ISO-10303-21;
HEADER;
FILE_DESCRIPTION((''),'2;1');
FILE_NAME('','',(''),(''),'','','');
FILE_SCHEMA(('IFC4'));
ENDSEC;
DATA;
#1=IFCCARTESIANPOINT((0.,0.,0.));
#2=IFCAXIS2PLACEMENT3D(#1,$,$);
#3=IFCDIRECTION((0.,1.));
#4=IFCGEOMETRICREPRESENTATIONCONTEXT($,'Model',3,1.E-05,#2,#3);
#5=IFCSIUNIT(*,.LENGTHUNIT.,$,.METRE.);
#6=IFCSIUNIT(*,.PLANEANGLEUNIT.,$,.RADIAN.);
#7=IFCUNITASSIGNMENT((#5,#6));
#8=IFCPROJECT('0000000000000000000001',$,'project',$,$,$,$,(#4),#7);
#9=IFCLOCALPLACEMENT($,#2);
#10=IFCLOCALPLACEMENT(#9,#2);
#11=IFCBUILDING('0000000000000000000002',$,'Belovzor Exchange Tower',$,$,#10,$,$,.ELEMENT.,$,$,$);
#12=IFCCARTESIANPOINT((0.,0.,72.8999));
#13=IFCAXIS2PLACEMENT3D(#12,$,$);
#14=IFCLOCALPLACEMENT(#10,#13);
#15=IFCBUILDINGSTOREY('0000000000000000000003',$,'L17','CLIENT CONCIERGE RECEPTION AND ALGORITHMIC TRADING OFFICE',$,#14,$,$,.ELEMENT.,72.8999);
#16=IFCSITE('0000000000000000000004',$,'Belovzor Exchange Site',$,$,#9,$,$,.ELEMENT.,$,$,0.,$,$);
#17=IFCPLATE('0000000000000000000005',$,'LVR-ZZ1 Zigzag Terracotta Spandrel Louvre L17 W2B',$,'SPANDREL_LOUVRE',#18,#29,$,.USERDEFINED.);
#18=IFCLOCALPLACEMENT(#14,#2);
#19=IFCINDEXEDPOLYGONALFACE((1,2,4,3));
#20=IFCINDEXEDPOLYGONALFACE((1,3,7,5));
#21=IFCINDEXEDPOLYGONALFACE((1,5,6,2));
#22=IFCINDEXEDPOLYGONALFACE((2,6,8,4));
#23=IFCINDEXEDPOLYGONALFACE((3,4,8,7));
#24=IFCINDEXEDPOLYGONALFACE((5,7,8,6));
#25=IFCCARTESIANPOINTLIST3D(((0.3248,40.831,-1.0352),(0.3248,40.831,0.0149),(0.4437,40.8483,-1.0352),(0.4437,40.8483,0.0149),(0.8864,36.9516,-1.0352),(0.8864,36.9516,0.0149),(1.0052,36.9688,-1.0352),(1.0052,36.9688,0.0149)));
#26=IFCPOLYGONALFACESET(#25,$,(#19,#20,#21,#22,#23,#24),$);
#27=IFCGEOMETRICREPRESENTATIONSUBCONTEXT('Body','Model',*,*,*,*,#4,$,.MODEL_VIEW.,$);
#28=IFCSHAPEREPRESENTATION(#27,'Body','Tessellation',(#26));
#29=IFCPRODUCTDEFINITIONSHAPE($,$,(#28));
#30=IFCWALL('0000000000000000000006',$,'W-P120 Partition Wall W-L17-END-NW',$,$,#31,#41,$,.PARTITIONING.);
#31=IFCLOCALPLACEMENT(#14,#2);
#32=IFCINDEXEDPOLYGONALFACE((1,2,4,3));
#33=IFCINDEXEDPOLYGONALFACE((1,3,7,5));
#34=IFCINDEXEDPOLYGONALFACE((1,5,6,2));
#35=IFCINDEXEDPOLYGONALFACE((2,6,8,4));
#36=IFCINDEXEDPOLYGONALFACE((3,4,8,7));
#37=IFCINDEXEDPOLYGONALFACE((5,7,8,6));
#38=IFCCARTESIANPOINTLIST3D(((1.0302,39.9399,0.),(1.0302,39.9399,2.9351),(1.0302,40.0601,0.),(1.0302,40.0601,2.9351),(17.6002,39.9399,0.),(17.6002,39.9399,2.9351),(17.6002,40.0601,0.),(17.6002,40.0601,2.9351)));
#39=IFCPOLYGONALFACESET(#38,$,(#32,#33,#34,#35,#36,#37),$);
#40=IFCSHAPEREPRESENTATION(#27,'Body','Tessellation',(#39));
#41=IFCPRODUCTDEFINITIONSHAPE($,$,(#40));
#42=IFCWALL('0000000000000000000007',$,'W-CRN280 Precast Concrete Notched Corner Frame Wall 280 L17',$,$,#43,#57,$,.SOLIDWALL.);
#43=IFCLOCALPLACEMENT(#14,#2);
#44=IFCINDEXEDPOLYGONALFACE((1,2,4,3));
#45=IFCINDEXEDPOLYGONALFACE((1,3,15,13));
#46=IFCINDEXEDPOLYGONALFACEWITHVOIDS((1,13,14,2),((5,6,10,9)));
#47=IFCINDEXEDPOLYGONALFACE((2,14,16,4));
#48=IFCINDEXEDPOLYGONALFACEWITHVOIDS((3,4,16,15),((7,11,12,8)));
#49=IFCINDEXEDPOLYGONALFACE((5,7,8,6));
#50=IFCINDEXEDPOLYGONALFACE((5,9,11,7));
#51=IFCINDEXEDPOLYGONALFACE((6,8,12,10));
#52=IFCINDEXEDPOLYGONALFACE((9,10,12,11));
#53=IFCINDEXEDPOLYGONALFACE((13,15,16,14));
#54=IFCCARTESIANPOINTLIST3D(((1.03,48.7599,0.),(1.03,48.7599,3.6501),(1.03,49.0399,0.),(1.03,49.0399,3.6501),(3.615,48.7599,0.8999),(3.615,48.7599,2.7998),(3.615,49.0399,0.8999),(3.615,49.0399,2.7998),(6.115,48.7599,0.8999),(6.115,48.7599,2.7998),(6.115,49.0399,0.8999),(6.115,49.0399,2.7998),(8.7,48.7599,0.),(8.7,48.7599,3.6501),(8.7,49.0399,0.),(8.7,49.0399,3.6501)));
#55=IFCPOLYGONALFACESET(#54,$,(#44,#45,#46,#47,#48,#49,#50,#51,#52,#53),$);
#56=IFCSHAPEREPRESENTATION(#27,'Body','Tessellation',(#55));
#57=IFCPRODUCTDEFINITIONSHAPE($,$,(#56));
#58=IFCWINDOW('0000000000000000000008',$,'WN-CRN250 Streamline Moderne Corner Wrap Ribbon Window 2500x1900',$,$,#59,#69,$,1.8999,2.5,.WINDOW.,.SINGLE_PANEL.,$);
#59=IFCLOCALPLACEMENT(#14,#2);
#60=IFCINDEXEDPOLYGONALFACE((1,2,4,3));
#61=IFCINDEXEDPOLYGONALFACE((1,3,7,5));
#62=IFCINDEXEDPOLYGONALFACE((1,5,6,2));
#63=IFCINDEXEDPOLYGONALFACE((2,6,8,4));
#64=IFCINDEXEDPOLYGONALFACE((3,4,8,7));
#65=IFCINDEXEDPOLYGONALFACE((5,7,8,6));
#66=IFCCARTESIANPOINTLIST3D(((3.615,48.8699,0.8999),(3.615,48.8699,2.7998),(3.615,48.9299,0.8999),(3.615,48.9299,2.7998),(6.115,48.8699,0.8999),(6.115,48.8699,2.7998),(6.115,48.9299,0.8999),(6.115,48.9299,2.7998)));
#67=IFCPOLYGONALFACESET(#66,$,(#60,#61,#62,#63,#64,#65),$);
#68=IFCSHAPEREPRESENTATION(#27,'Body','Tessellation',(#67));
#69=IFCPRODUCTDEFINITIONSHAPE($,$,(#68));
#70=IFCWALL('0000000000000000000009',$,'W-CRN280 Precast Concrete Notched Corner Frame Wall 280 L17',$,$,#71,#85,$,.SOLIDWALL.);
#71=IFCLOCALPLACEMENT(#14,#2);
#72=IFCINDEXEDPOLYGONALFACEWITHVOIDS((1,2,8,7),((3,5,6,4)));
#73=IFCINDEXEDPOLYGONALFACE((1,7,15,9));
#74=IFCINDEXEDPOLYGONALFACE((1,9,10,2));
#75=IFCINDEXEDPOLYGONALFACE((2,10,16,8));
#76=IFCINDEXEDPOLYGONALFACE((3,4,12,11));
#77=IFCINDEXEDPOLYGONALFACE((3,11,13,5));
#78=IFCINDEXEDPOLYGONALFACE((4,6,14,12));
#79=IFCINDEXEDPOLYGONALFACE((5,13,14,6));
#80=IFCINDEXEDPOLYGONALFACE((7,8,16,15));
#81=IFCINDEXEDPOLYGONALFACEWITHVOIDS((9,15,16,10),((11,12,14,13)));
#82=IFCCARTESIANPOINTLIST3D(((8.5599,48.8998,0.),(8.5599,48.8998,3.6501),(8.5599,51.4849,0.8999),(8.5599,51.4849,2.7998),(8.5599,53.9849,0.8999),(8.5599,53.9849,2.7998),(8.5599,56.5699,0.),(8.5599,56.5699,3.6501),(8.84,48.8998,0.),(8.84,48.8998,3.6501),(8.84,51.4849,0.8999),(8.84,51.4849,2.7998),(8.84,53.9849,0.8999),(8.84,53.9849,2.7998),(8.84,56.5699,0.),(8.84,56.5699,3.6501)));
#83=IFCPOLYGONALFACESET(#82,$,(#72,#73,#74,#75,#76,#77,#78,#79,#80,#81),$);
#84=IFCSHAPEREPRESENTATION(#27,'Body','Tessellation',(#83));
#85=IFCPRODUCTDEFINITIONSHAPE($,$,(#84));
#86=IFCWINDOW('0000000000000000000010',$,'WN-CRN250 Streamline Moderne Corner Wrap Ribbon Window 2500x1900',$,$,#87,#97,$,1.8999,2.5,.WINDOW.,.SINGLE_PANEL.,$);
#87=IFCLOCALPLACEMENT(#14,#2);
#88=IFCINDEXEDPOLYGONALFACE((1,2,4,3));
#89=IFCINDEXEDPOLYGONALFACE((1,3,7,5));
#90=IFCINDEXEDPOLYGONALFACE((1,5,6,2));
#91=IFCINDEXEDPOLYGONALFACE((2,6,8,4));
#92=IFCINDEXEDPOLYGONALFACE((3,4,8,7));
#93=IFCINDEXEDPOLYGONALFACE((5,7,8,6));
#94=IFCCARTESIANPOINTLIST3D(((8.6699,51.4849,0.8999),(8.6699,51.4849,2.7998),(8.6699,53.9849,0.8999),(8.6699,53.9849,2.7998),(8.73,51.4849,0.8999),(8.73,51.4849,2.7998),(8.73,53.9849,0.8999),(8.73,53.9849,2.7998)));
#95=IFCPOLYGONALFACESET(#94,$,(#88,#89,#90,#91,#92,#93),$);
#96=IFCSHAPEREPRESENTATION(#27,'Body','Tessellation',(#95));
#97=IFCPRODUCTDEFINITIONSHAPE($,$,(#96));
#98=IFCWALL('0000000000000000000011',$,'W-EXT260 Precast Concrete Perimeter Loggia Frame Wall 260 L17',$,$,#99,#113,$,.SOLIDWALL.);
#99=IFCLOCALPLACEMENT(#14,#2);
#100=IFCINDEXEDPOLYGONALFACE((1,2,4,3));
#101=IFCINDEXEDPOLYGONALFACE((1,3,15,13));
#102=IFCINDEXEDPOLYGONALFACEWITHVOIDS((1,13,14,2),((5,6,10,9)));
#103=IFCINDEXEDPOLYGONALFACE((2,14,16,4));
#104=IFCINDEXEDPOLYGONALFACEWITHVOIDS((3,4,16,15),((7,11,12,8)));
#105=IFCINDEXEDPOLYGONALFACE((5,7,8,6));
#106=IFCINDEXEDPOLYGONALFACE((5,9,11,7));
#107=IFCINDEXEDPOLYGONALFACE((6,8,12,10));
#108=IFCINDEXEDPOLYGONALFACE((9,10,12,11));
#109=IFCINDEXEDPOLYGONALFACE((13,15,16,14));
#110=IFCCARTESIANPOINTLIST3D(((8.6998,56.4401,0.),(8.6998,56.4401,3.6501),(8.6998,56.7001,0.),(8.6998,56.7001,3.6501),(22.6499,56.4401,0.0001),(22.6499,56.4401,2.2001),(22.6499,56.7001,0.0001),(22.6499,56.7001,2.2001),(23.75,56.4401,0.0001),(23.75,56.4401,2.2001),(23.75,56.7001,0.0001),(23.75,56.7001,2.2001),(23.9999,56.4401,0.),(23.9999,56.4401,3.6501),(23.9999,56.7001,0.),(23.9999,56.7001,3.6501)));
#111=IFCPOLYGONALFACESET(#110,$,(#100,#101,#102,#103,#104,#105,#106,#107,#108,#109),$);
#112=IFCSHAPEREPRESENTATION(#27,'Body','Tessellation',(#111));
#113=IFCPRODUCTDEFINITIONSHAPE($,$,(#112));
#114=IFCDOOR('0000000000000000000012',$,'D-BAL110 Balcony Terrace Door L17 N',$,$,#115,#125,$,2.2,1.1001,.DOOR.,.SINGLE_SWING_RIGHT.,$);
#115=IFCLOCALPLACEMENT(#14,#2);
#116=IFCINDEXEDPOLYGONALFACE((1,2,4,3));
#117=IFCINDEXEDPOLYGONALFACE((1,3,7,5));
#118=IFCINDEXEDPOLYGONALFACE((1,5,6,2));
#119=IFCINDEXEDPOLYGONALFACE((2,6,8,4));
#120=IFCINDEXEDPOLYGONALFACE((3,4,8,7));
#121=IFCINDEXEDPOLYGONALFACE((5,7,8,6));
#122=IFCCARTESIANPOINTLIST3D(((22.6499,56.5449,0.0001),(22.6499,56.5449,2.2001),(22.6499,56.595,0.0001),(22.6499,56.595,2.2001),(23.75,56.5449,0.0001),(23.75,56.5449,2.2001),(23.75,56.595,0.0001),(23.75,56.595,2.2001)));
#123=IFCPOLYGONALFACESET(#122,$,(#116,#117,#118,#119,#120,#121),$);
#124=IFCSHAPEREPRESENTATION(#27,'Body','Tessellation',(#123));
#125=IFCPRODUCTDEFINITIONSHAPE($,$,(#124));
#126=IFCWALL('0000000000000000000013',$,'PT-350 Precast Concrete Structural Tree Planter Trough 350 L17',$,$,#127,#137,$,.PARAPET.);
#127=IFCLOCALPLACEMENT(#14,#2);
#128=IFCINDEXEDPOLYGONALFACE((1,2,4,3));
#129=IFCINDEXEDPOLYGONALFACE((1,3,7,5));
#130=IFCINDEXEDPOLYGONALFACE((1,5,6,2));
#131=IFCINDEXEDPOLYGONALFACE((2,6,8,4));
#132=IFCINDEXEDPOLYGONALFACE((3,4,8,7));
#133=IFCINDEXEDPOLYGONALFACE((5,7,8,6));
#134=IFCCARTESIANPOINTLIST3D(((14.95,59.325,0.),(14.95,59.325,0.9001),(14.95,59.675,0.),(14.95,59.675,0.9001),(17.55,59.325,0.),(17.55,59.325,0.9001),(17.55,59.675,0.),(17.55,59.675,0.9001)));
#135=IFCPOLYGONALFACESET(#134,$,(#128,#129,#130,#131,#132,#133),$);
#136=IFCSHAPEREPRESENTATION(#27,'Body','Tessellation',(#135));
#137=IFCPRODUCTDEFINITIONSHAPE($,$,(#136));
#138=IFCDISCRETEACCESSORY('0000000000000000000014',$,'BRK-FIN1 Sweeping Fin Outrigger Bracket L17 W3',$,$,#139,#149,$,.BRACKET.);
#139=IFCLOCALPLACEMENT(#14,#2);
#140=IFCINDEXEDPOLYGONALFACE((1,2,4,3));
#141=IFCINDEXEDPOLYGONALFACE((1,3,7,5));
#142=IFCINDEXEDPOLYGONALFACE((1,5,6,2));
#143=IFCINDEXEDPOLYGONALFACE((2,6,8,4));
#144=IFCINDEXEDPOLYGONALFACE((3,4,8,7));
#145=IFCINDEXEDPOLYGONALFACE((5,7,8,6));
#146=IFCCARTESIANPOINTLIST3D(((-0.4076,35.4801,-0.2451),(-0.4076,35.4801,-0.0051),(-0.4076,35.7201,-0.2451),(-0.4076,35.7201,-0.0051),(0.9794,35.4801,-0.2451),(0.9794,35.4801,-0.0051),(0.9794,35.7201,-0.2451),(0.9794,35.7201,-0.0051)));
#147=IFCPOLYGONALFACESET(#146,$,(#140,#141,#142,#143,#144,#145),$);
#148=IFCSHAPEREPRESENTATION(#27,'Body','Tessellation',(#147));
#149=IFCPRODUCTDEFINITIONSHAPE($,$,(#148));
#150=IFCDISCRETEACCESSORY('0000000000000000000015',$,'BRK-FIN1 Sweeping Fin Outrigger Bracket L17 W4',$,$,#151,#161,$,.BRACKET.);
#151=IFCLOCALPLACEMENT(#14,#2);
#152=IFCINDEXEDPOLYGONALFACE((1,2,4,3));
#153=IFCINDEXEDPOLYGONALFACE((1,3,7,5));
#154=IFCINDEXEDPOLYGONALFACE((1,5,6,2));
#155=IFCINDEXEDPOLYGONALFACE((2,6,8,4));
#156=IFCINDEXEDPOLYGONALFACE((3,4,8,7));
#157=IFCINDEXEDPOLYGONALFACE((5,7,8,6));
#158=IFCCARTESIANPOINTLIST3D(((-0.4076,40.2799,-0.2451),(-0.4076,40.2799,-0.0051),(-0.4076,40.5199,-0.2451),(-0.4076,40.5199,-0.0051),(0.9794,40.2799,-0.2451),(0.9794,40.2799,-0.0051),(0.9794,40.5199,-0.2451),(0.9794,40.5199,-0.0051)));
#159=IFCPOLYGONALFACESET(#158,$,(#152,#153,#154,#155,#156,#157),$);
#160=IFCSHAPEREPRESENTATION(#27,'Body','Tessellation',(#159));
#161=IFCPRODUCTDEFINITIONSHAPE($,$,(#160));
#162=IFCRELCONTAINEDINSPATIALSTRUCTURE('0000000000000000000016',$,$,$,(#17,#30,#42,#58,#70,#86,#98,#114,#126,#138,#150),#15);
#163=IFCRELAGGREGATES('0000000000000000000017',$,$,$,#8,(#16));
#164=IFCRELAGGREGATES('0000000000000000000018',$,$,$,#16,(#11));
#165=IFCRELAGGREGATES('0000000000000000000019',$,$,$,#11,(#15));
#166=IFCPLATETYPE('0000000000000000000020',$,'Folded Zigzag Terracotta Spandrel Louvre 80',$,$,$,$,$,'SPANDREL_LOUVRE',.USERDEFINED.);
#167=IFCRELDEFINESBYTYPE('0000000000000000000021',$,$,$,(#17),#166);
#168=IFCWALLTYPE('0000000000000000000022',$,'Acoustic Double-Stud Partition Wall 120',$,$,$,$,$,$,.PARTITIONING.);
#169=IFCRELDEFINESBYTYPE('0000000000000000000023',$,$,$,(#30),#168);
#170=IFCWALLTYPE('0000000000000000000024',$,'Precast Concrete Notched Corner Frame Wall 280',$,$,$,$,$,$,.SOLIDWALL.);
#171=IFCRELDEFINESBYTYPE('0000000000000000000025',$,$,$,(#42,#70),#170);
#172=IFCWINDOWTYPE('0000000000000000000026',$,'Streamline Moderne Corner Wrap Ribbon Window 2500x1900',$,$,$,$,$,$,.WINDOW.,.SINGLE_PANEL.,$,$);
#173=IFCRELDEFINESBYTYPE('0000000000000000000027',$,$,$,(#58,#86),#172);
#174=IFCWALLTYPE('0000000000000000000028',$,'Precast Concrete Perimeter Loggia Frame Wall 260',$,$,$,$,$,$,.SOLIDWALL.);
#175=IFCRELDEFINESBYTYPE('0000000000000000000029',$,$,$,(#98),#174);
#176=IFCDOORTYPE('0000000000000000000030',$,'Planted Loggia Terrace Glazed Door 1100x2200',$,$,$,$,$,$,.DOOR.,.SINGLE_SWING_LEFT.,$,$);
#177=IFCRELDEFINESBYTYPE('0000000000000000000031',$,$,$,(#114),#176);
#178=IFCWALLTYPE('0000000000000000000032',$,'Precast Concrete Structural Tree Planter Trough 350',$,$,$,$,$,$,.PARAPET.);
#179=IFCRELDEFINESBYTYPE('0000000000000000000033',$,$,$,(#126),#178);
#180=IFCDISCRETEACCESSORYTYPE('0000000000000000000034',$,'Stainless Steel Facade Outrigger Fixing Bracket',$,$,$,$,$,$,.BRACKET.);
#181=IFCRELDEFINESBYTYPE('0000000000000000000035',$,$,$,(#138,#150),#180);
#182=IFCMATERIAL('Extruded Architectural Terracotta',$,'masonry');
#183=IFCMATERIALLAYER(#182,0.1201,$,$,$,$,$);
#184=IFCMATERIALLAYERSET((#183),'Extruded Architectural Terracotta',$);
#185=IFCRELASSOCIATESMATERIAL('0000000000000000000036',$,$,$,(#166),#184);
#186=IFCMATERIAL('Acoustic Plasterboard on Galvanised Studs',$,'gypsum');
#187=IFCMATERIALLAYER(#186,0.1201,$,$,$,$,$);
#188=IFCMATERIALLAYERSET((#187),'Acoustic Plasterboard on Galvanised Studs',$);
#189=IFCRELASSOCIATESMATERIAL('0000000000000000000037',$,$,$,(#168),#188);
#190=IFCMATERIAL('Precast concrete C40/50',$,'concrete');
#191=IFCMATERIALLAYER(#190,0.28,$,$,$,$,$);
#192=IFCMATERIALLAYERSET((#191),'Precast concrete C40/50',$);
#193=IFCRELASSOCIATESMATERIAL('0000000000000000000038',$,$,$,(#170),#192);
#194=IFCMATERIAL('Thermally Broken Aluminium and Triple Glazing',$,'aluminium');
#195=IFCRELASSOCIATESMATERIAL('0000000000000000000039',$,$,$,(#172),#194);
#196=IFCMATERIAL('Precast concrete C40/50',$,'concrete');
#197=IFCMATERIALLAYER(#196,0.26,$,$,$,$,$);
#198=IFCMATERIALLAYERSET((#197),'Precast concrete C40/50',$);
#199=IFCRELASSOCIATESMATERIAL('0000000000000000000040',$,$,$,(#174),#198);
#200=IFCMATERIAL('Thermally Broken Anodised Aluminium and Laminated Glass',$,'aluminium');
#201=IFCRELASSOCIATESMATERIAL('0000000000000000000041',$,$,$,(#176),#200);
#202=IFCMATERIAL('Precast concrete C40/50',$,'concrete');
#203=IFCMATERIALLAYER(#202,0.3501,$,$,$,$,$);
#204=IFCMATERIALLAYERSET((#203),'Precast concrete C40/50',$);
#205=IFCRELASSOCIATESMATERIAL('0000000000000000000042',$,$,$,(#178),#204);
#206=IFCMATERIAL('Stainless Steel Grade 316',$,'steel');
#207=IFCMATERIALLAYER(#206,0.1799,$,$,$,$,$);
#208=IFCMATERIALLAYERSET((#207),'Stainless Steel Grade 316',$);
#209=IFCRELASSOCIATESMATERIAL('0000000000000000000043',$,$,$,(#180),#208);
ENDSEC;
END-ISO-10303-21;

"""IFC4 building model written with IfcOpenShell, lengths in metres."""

from ifc_helpers import new_model, si_unit, direction, frame, frame_2d, origin, origin_2d, place, context, subcontext, project, spatial, rectangle, extrude, material, layer, layer_set, type_object, element, fill, save


model = new_model("IFC4")

# Units and contexts
model_context = context("Model", 3, precision=1e-05, world=origin(), true_north=direction((0.0, 1.0)))
body_context = subcontext(model_context, "Body", "Model", "MODEL_VIEW")
ifc_project = project(units=[si_unit("LENGTHUNIT", "METRE"), si_unit("PLANEANGLEUNIT", "RADIAN")], contexts=[model_context])

# Site, building, storey
site_placement = place(None, origin())
site = spatial("IfcSite", under=ifc_project, at=site_placement, Name="Belovzor Exchange Site", CompositionType="ELEMENT", RefElevation=0.0)
building_placement = place(site_placement, origin())
building = spatial("IfcBuilding", under=site, at=building_placement, Name="Belovzor Exchange Tower", CompositionType="ELEMENT")
storey_placement = place(building_placement, frame((0.0, 0.0, 72.8999)))
storey = spatial("IfcBuildingStorey", under=building, at=storey_placement, Name="L17", Description="CLIENT CONCIERGE RECEPTION AND ALGORITHMIC TRADING OFFICE", CompositionType="ELEMENT", Elevation=72.8999)

# Plate
ifc_material_1 = material(Name="Extruded Architectural Terracotta", Category="masonry")
ifc_layer_1 = layer(ifc_material_1, 0.1201)
ifc_layer_set_1 = layer_set([ifc_layer_1], Name="Extruded Architectural Terracotta")
plate_type = type_object("IfcPlateType", Name="Folded Zigzag Terracotta Spandrel Louvre 80", ElementType="SPANDREL_LOUVRE", PredefinedType="USERDEFINED", material=ifc_layer_set_1)
for number, where, z_axis, x_axis, name in (
    (1, (0.665, 38.8999, -1.0352), (0.0, 0.0, 1.0), (-0.143251, 0.989686, 0.0), "LVR-ZZ1 Zigzag Terracotta Spandrel Louvre L17 W2B"),
):
    element("IfcPlate", number, at=place(storey_placement, frame(where, z_axis=z_axis, x_axis=x_axis)), inside=storey, type_object=plate_type, Name=name, ObjectType="SPANDREL_LOUVRE", PredefinedType="USERDEFINED", context=body_context, shape_type="SweptSolid", body=[
        extrude(rectangle(XDim=3.9199, YDim=0.1201, at=origin_2d()), origin(), (0.0, 0.0, 1.0), 1.05),
    ])

# Wall
ifc_material_2 = material(Name="Acoustic Plasterboard on Galvanised Studs", Category="gypsum")
ifc_layer_2 = layer(ifc_material_2, 0.1201)
ifc_layer_set_2 = layer_set([ifc_layer_2], Name="Acoustic Plasterboard on Galvanised Studs")
wall_type_1 = type_object("IfcWallType", Name="Acoustic Double-Stud Partition Wall 120", PredefinedType="PARTITIONING", material=ifc_layer_set_2)
wall_1_placement = place(storey_placement, frame((1.03, 40.0, 0.0), z_axis=(0.0, 0.0, 1.0), x_axis=(1.0, 0.0, 0.0)))
element("IfcWall", 2, at=wall_1_placement, inside=storey, type_object=wall_type_1, Name="W-P120 Partition Wall W-L17-END-NW", PredefinedType="PARTITIONING", context=body_context, shape_type="SweptSolid", body=[
    extrude(rectangle(XDim=16.5701, YDim=0.1201, at=frame_2d((8.2852, 0.0))), origin(), (0.0, 0.0, 1.0), 2.9351),
])

# Walls, openings, windows
ifc_material_3 = material(Name="Precast concrete C40/50", Category="concrete")
ifc_layer_3 = layer(ifc_material_3, 0.28)
ifc_layer_set_3 = layer_set([ifc_layer_3], Name="Precast concrete C40/50")
wall_type_2 = type_object("IfcWallType", Name="Precast Concrete Notched Corner Frame Wall 280", PredefinedType="SOLIDWALL", material=ifc_layer_set_3)
wall_2_placement = place(storey_placement, frame((1.03, 48.8999, 0.0), z_axis=(0.0, 0.0, 1.0), x_axis=(1.0, 0.0, 0.0)))
wall_2 = element("IfcWall", 3, at=wall_2_placement, inside=storey, type_object=wall_type_2, Name="W-CRN280 Precast Concrete Notched Corner Frame Wall 280 L17", PredefinedType="SOLIDWALL", context=body_context, shape_type="SweptSolid", body=[
    extrude(rectangle(XDim=7.6699, YDim=0.28, at=frame_2d((3.835, 0.0))), origin(), (0.0, 0.0, 1.0), 3.6501),
])
opening_1_placement = place(wall_2_placement, frame((2.585, 0.0, 0.8999)))
opening_1 = element("IfcOpeningElement", 4, at=opening_1_placement, cuts=wall_2, PredefinedType="OPENING", context=body_context, shape_type="SweptSolid", body=[
    extrude(rectangle(XDim=2.5, YDim=1.8999, at=frame_2d((1.25, 0.95))), frame((0.0, 0.1499, 0.0), z_axis=(0.0, -1.0, 0.0), x_axis=(1.0, 0.0, 0.0)), (0.0, 0.0, 1.0), 0.3),
])
ifc_material_4 = material(Name="Thermally Broken Aluminium and Triple Glazing", Category="aluminium")
window_type = type_object("IfcWindowType", Name="Streamline Moderne Corner Wrap Ribbon Window 2500x1900", PartitioningType="SINGLE_PANEL", PredefinedType="WINDOW", material=ifc_material_4)
window_1_placement = place(opening_1_placement, origin())
window_1 = element("IfcWindow", 5, at=window_1_placement, inside=storey, type_object=window_type, Name="WN-CRN250 Streamline Moderne Corner Wrap Ribbon Window 2500x1900", OverallHeight=1.8999, OverallWidth=2.5, PartitioningType="SINGLE_PANEL", PredefinedType="WINDOW", context=body_context, shape_type="SweptSolid", body=[
    extrude(rectangle(XDim=2.5, YDim=1.8999, at=frame_2d((1.25, 0.95))), frame((0.0, 0.03, 0.0), z_axis=(0.0, -1.0, 0.0), x_axis=(1.0, 0.0, 0.0)), (0.0, 0.0, 1.0), 0.0601),
])
fill(opening_1, window_1)
wall_3_placement = place(storey_placement, frame((8.7, 48.8999, 0.0), z_axis=(0.0, 0.0, 1.0), x_axis=(0.0, 1.0, 0.0)))
wall_3 = element("IfcWall", 6, at=wall_3_placement, inside=storey, type_object=wall_type_2, Name="W-CRN280 Precast Concrete Notched Corner Frame Wall 280 L17", PredefinedType="SOLIDWALL", context=body_context, shape_type="SweptSolid", body=[
    extrude(rectangle(XDim=7.6702, YDim=0.28, at=frame_2d((3.835, 0.0))), origin(), (0.0, 0.0, 1.0), 3.6501),
])
opening_2_placement = place(wall_3_placement, frame((2.585, 0.0, 0.8999)))
opening_2 = element("IfcOpeningElement", 7, at=opening_2_placement, cuts=wall_3, PredefinedType="OPENING", context=body_context, shape_type="SweptSolid", body=[
    extrude(rectangle(XDim=2.5, YDim=1.8999, at=frame_2d((1.25, 0.95))), frame((0.0, 0.1499, 0.0), z_axis=(0.0, -1.0, 0.0), x_axis=(1.0, 0.0, 0.0)), (0.0, 0.0, 1.0), 0.3),
])
window_2_placement = place(opening_2_placement, origin())
window_2 = element("IfcWindow", 8, at=window_2_placement, inside=storey, type_object=window_type, Name="WN-CRN250 Streamline Moderne Corner Wrap Ribbon Window 2500x1900", OverallHeight=1.8999, OverallWidth=2.5, PartitioningType="SINGLE_PANEL", PredefinedType="WINDOW", context=body_context, shape_type="SweptSolid", body=[
    extrude(rectangle(XDim=2.5, YDim=1.8999, at=frame_2d((1.25, 0.95))), frame((0.0, 0.03, 0.0), z_axis=(0.0, -1.0, 0.0), x_axis=(1.0, 0.0, 0.0)), (0.0, 0.0, 1.0), 0.0601),
])
fill(opening_2, window_2)

# Wall, opening, door
ifc_material_5 = material(Name="Precast concrete C40/50", Category="concrete")
ifc_layer_4 = layer(ifc_material_5, 0.26)
ifc_layer_set_4 = layer_set([ifc_layer_4], Name="Precast concrete C40/50")
wall_type_3 = type_object("IfcWallType", Name="Precast Concrete Perimeter Loggia Frame Wall 260", PredefinedType="SOLIDWALL", material=ifc_layer_set_4)
wall_4_placement = place(storey_placement, frame((8.7, 56.5701, 0.0), z_axis=(0.0, 0.0, 1.0), x_axis=(1.0, 0.0, 0.0)))
wall_4 = element("IfcWall", 9, at=wall_4_placement, inside=storey, type_object=wall_type_3, Name="W-EXT260 Precast Concrete Perimeter Loggia Frame Wall 260 L17", PredefinedType="SOLIDWALL", context=body_context, shape_type="SweptSolid", body=[
    extrude(rectangle(XDim=15.3, YDim=0.26, at=frame_2d((7.6499, 0.0))), origin(), (0.0, 0.0, 1.0), 3.6501),
])
opening_3_placement = place(wall_4_placement, frame((13.95, 0.0, 0.0)))
opening_3 = element("IfcOpeningElement", 10, at=opening_3_placement, cuts=wall_4, PredefinedType="OPENING", context=body_context, shape_type="SweptSolid", body=[
    extrude(rectangle(XDim=1.1001, YDim=2.2, at=frame_2d((0.55, 1.1001))), frame((0.0, 0.1399, 0.0), z_axis=(0.0, -1.0, 0.0), x_axis=(1.0, 0.0, 0.0)), (0.0, 0.0, 1.0), 0.28),
])
ifc_material_6 = material(Name="Thermally Broken Anodised Aluminium and Laminated Glass", Category="aluminium")
door_type = type_object("IfcDoorType", Name="Planted Loggia Terrace Glazed Door 1100x2200", OperationType="SINGLE_SWING_LEFT", PredefinedType="DOOR", material=ifc_material_6)
door_placement = place(opening_3_placement, origin())
door = element("IfcDoor", 11, at=door_placement, inside=storey, type_object=door_type, Name="D-BAL110 Balcony Terrace Door L17 N", OperationType="SINGLE_SWING_RIGHT", OverallHeight=2.2, OverallWidth=1.1001, PredefinedType="DOOR", context=body_context, shape_type="SweptSolid", body=[
    extrude(rectangle(XDim=1.1001, YDim=2.2, at=frame_2d((0.55, 1.1001))), frame((0.0, 0.0249, 0.0), z_axis=(0.0, -1.0, 0.0), x_axis=(1.0, 0.0, 0.0)), (0.0, 0.0, 1.0), 0.05),
])
fill(opening_3, door)

# Wall
ifc_material_7 = material(Name="Precast concrete C40/50", Category="concrete")
ifc_layer_5 = layer(ifc_material_7, 0.3501)
ifc_layer_set_5 = layer_set([ifc_layer_5], Name="Precast concrete C40/50")
wall_type_4 = type_object("IfcWallType", Name="Precast Concrete Structural Tree Planter Trough 350", PredefinedType="PARAPET", material=ifc_layer_set_5)
wall_5_placement = place(storey_placement, frame((14.95, 59.5, 0.0), z_axis=(0.0, 0.0, 1.0), x_axis=(1.0, 0.0, 0.0)))
element("IfcWall", 12, at=wall_5_placement, inside=storey, type_object=wall_type_4, Name="PT-350 Precast Concrete Structural Tree Planter Trough 350 L17", PredefinedType="PARAPET", context=body_context, shape_type="SweptSolid", body=[
    extrude(rectangle(XDim=2.6001, YDim=0.3501, at=frame_2d((1.3, 0.0))), origin(), (0.0, 0.0, 1.0), 0.9001),
])

# Discrete accessories
ifc_material_8 = material(Name="Stainless Steel Grade 316", Category="steel")
ifc_layer_6 = layer(ifc_material_8, 0.1799)
ifc_layer_set_6 = layer_set([ifc_layer_6], Name="Stainless Steel Grade 316")
discrete_accessory_type = type_object("IfcDiscreteAccessoryType", Name="Stainless Steel Facade Outrigger Fixing Bracket", PredefinedType="BRACKET", material=ifc_layer_set_6)
for number, where, z_axis, x_axis, name in (
    (13, (0.2859, 35.6001, -0.2451), (0.0, 0.0, 1.0), (1.0, 0.0, 0.0), "BRK-FIN1 Sweeping Fin Outrigger Bracket L17 W3"),
    (14, (0.2859, 40.3999, -0.2451), (0.0, 0.0, 1.0), (1.0, 0.0, 0.0), "BRK-FIN1 Sweeping Fin Outrigger Bracket L17 W4"),
):
    element("IfcDiscreteAccessory", number, at=place(storey_placement, frame(where, z_axis=z_axis, x_axis=x_axis)), inside=storey, type_object=discrete_accessory_type, Name=name, PredefinedType="BRACKET", context=body_context, shape_type="SweptSolid", body=[
        extrude(rectangle(XDim=1.387, YDim=0.24, at=origin_2d()), origin(), (0.0, 0.0, 1.0), 0.24),
    ])

save(model, "model.ifc")
